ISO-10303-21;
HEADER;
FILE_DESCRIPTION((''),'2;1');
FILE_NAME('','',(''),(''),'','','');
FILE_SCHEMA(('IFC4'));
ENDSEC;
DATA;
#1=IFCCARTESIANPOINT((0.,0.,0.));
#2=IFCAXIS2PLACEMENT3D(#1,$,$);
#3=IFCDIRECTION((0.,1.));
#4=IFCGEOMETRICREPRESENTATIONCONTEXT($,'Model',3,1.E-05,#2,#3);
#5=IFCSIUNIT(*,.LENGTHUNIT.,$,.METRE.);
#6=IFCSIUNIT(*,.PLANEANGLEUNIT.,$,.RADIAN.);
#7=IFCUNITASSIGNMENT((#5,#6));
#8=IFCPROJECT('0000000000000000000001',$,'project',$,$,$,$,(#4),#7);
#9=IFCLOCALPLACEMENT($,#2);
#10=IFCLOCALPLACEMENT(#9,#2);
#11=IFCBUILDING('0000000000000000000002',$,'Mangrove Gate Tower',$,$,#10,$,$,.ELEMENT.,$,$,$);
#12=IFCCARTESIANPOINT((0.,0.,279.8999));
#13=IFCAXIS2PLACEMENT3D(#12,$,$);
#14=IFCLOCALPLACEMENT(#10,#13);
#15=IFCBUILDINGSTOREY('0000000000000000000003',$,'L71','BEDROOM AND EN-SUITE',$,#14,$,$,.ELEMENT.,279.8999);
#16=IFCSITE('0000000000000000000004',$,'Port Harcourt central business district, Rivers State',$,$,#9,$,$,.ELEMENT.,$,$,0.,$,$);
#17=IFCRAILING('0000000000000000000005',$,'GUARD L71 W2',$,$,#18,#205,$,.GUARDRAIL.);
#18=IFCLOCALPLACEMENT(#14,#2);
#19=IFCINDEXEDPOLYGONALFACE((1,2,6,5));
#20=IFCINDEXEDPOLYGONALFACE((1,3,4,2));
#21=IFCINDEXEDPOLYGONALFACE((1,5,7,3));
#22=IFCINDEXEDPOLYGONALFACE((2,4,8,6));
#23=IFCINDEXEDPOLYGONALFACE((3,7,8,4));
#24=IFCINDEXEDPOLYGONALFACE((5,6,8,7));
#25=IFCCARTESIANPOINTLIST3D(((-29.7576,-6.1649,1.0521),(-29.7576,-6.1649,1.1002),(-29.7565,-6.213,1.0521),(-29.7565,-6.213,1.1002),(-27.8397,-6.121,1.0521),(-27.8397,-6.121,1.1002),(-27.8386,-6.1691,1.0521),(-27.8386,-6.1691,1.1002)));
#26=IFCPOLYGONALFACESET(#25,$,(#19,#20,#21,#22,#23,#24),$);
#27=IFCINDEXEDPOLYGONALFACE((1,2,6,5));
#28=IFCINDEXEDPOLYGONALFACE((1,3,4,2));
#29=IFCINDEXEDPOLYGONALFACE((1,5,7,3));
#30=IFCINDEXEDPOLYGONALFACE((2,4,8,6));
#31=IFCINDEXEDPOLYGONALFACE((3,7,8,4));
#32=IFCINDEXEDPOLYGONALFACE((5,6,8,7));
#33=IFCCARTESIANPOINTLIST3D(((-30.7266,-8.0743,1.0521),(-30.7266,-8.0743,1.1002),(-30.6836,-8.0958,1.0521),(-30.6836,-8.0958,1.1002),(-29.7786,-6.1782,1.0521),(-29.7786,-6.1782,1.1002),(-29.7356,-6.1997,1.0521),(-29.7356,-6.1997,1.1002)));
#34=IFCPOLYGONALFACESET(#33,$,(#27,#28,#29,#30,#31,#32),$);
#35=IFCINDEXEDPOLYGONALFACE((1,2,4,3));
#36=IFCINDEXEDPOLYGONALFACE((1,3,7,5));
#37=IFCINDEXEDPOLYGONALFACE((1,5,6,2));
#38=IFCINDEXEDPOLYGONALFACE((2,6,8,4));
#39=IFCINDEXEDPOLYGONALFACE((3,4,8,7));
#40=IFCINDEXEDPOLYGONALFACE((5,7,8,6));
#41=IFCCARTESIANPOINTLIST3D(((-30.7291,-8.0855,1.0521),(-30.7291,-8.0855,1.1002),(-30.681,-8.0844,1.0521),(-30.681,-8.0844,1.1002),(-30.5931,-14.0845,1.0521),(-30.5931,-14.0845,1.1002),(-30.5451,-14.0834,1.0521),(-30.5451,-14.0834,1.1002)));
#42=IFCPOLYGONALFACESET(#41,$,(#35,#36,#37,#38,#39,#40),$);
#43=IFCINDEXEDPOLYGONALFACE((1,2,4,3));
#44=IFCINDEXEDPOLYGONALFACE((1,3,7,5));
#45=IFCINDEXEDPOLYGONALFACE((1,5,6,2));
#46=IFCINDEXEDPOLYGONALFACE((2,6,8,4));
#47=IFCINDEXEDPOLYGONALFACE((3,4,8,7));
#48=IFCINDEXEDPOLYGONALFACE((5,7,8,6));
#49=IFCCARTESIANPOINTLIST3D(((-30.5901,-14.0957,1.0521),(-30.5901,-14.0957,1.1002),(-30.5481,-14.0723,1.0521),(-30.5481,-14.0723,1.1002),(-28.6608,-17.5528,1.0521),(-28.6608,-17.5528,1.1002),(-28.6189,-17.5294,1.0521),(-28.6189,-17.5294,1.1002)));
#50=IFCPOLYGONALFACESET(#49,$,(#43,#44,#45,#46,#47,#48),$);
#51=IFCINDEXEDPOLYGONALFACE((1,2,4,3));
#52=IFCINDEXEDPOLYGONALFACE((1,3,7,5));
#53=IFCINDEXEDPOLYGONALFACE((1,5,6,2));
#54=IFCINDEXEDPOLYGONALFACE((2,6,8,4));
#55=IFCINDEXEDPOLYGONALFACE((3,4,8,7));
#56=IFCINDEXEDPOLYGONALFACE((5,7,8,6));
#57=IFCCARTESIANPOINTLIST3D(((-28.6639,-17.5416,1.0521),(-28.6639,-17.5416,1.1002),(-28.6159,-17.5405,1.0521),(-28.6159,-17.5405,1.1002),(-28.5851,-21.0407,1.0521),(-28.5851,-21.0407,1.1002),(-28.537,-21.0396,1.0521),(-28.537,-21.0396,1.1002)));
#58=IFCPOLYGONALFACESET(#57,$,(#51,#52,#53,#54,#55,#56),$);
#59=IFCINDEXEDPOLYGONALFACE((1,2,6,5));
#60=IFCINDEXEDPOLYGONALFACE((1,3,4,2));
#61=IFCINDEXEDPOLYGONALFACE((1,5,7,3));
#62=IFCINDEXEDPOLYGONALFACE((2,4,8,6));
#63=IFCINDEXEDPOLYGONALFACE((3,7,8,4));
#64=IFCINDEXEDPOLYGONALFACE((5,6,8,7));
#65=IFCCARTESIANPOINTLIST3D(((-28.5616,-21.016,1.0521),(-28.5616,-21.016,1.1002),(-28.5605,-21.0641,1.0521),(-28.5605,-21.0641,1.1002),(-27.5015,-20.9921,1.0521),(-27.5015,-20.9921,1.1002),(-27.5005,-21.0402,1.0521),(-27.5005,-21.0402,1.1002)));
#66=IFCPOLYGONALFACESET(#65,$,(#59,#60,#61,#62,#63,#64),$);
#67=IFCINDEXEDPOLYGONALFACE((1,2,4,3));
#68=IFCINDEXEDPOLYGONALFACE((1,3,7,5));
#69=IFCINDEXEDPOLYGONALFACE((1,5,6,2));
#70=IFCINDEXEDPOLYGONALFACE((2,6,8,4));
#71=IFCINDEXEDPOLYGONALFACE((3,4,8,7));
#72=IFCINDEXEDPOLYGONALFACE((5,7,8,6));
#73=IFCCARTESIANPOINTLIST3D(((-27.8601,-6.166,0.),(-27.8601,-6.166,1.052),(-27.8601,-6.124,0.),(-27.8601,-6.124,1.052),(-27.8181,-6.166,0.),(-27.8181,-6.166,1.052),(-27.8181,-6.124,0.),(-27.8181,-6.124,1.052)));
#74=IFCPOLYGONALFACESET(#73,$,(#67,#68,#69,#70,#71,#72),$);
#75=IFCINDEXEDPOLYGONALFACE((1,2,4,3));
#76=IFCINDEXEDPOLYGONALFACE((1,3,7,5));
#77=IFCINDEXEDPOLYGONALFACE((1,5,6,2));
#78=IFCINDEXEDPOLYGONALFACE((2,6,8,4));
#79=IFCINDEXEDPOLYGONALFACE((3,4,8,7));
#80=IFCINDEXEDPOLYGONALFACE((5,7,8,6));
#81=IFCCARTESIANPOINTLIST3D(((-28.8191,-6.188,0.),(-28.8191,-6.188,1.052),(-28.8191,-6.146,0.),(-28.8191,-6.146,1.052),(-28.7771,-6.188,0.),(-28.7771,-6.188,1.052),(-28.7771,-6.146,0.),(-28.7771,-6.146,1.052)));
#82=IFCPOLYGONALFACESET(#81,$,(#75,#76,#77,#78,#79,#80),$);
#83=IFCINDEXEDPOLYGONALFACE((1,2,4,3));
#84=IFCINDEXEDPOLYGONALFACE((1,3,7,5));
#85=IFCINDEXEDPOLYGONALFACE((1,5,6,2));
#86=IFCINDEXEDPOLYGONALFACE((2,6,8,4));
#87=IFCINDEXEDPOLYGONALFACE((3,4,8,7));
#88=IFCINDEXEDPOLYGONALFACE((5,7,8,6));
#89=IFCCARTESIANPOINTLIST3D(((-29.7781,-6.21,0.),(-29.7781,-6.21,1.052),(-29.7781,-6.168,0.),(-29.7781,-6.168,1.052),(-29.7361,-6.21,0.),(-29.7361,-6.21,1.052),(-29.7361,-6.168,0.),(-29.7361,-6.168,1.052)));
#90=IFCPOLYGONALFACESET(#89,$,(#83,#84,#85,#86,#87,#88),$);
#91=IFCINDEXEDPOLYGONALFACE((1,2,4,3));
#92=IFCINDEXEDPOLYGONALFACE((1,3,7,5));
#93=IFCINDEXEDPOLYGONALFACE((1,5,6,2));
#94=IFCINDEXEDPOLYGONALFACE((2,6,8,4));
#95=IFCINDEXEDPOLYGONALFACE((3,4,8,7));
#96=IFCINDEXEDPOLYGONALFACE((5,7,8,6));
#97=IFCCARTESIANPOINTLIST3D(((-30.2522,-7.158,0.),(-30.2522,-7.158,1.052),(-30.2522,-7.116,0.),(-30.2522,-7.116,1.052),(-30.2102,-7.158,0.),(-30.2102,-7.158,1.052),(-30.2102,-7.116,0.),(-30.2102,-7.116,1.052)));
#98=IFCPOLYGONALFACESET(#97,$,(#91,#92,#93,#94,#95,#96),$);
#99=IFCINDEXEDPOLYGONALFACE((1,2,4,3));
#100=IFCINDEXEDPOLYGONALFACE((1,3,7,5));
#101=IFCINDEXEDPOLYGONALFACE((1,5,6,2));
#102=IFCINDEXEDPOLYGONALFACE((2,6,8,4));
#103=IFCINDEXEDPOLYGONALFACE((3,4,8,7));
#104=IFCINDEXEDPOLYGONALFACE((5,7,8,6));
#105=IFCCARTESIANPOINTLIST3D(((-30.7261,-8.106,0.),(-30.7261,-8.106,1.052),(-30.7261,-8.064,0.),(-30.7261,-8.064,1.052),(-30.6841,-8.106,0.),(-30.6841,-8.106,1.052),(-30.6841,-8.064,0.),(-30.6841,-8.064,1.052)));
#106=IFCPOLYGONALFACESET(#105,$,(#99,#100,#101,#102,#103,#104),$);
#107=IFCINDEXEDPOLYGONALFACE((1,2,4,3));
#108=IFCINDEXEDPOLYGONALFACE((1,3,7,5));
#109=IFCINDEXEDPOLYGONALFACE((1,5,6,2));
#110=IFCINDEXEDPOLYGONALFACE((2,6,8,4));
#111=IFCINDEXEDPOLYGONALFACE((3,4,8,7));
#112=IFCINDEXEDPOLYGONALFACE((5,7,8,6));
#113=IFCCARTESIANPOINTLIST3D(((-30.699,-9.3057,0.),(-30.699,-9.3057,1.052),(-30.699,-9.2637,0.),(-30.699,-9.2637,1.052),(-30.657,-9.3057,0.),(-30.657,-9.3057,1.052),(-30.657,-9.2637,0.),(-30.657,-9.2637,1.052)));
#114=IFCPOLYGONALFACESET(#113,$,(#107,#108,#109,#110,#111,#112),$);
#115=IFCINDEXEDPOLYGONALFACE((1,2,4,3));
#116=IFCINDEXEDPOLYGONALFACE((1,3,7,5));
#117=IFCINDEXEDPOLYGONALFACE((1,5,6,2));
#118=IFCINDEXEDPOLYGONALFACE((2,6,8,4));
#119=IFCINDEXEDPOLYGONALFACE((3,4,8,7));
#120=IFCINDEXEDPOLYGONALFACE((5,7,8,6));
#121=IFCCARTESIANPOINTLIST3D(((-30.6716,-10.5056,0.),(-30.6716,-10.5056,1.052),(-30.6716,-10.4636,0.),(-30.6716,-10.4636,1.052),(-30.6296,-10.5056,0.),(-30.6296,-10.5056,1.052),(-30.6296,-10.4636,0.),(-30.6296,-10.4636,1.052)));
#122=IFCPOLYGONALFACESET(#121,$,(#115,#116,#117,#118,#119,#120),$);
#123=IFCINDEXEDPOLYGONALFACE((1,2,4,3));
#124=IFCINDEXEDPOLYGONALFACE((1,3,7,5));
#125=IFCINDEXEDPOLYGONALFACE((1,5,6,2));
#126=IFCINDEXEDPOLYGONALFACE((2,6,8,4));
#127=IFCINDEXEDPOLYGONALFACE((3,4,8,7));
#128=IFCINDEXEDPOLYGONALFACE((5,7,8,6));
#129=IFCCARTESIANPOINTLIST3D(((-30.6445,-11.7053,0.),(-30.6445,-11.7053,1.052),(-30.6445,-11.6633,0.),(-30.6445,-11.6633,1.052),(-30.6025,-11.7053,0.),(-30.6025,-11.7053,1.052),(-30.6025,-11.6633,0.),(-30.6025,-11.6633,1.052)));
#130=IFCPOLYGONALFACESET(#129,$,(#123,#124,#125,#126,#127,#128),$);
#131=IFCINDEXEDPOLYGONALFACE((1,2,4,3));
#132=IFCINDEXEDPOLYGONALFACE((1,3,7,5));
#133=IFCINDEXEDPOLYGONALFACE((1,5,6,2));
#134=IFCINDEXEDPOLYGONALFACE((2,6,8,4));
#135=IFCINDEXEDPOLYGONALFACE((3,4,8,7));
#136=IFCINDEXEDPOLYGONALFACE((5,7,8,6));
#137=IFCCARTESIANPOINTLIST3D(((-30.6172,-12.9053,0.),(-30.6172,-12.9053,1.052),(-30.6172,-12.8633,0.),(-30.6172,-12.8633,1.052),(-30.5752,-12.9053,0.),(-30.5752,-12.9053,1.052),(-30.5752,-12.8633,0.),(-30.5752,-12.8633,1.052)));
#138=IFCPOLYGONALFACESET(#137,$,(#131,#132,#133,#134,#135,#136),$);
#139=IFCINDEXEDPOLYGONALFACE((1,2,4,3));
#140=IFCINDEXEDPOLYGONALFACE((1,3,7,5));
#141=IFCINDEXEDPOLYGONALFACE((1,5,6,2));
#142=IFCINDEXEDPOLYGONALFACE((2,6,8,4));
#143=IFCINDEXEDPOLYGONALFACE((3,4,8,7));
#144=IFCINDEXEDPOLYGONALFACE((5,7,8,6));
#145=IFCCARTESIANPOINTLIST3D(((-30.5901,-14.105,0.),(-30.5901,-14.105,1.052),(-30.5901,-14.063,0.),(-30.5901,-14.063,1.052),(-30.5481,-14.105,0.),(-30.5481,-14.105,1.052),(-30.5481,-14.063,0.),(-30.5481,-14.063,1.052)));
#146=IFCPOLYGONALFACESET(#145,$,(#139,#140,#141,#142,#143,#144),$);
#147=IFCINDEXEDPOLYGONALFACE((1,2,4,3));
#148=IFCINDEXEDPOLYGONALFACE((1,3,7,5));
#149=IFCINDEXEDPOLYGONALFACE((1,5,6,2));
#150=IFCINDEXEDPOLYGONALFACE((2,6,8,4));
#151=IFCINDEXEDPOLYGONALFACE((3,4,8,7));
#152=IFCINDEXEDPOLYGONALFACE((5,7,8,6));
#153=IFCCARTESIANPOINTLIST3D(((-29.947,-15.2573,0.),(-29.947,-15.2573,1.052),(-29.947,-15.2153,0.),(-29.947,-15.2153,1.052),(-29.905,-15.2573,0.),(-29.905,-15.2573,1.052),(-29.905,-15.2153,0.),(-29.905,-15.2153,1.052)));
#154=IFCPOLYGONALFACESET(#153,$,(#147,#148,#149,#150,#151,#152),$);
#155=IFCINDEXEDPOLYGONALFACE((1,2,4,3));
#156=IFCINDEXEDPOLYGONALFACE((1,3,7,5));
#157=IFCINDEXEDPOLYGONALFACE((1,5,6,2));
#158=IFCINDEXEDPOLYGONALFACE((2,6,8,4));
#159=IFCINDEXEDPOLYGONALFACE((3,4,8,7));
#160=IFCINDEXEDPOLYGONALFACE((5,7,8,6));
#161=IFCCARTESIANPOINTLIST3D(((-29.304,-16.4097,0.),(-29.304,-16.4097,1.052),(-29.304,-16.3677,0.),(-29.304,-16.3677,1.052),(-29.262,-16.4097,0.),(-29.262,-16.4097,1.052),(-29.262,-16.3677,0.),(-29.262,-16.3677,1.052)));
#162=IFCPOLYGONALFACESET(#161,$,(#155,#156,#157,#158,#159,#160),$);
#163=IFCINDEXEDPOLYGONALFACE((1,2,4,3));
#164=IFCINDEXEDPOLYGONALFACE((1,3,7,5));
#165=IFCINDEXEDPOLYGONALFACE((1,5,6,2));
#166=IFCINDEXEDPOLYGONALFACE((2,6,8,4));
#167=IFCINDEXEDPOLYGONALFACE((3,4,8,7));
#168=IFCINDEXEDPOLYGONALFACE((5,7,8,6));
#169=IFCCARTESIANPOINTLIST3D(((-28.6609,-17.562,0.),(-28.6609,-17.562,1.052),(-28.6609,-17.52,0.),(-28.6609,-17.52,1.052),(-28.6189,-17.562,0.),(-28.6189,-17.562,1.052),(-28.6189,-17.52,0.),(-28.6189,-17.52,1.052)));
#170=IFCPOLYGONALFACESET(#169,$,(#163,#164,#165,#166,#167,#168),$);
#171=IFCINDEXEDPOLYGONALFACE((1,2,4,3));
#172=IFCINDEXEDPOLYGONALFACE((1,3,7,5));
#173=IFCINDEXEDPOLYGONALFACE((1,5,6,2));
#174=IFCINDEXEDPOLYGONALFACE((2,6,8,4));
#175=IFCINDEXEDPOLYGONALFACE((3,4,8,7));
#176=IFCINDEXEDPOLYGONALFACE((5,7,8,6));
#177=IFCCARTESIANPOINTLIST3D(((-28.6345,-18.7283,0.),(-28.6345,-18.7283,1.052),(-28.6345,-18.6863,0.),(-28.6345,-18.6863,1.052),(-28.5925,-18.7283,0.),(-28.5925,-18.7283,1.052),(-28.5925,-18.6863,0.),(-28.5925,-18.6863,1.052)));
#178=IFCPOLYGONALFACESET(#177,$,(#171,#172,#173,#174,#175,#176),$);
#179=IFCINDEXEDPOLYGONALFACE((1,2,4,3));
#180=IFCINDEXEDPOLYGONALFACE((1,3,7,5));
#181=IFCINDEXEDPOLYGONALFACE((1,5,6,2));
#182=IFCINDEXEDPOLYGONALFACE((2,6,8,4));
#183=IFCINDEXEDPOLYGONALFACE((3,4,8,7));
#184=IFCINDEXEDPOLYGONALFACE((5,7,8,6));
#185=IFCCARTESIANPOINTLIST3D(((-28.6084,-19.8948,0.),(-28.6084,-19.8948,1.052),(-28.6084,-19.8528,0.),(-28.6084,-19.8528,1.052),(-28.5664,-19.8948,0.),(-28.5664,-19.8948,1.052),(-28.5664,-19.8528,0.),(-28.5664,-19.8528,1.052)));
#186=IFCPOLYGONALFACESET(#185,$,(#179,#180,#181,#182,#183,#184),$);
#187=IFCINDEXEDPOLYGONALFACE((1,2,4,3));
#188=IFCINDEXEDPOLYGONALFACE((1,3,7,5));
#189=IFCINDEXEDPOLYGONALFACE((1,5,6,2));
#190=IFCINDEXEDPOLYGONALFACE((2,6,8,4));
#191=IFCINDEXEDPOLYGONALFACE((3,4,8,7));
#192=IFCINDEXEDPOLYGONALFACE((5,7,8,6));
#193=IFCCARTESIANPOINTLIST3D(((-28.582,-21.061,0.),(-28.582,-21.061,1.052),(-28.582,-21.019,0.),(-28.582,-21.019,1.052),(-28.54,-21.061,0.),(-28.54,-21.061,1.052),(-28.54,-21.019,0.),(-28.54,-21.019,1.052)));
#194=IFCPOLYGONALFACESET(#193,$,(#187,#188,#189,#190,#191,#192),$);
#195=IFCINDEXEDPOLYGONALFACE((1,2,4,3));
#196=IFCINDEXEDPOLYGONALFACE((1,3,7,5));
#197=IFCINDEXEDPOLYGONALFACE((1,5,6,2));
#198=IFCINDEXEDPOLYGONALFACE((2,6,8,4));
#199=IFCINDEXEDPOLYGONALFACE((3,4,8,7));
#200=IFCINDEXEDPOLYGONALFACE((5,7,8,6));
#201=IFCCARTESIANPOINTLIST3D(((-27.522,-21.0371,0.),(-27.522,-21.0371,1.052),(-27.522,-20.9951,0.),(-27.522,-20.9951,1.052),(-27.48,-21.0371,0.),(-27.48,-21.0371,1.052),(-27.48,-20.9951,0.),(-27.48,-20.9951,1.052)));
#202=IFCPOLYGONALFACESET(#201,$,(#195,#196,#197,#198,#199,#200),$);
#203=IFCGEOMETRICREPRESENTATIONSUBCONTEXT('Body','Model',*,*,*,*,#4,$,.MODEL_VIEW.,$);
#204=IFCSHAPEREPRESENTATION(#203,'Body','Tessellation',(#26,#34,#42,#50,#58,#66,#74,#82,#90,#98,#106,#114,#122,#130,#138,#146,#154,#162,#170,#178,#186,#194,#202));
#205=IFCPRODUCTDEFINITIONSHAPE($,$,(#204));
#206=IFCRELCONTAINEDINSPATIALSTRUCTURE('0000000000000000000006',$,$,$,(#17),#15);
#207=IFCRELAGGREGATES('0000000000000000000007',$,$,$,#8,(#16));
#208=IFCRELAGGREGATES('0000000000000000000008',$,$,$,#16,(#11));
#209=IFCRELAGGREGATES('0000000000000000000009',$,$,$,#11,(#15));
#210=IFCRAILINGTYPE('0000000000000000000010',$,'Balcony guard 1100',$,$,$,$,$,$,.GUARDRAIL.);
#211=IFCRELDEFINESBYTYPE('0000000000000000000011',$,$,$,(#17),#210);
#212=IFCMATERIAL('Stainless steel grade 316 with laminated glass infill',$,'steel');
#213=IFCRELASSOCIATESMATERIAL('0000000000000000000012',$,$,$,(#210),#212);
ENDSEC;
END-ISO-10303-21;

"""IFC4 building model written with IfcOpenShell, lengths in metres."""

from ifc_helpers import new_model, si_unit, direction, frame, origin, origin_2d, place, context, subcontext, project, spatial, rectangle, extrude, material, type_object, element, save


model = new_model("IFC4")

# Units and contexts
model_context = context("Model", 3, precision=1e-05, world=origin(), true_north=direction((0.0, 1.0)))
body_context = subcontext(model_context, "Body", "Model", "MODEL_VIEW")
ifc_project = project(units=[si_unit("LENGTHUNIT", "METRE"), si_unit("PLANEANGLEUNIT", "RADIAN")], contexts=[model_context])

# Site, building, storey
site_placement = place(None, origin())
site = spatial("IfcSite", under=ifc_project, at=site_placement, Name="Port Harcourt central business district, Rivers State", CompositionType="ELEMENT", RefElevation=0.0)
building_placement = place(site_placement, origin())
building = spatial("IfcBuilding", under=site, at=building_placement, Name="Mangrove Gate Tower", CompositionType="ELEMENT")
storey_placement = place(building_placement, frame((0.0, 0.0, 279.8999)))
storey = spatial("IfcBuildingStorey", under=building, at=storey_placement, Name="L71", Description="BEDROOM AND EN-SUITE", CompositionType="ELEMENT", Elevation=279.8999)

# Railing
ifc_material_1 = material(Name="Stainless steel grade 316 with laminated glass infill", Category="steel")
railing_type = type_object("IfcRailingType", Name="Balcony guard 1100", PredefinedType="GUARDRAIL", material=ifc_material_1)
railing_placement = place(storey_placement, frame((-27.8391, -6.145, 0.0)))
element("IfcRailing", 1, at=railing_placement, inside=storey, type_object=railing_type, Name="GUARD L71 W2", PredefinedType="GUARDRAIL", context=body_context, shape_type="SweptSolid", body=[
    extrude(rectangle(XDim=0.0481, YDim=0.0481, at=origin_2d()), frame((0.0, 0.0, 1.0762), z_axis=(-0.999738, -0.022906, 0.0), x_axis=(0.022906, -0.999738, 0.0)), (0.0, 0.0, 1.0), 1.9185),
    extrude(rectangle(XDim=0.0481, YDim=0.0481, at=origin_2d()), frame((-1.918, -0.0439, 1.0762), z_axis=(-0.447214, -0.894427, 0.0), x_axis=(0.894427, -0.447214, 0.0)), (0.0, 0.0, 1.0), 2.1199),
    extrude(rectangle(XDim=0.0481, YDim=0.0481, at=origin_2d()), frame((-2.866, -1.9399, 1.0762), z_axis=(0.022662, -0.999743, 0.0), x_axis=(0.999743, 0.022662, 0.0)), (0.0, 0.0, 1.0), 6.0005),
    extrude(rectangle(XDim=0.0481, YDim=0.0481, at=origin_2d()), frame((-2.73, -7.939, 1.0762), z_axis=(0.487307, -0.873231, 0.0), x_axis=(0.873231, 0.487307, 0.0)), (0.0, 0.0, 1.0), 3.959),
    extrude(rectangle(XDim=0.0481, YDim=0.0481, at=origin_2d()), frame((-0.8008, -11.396, 1.0762), z_axis=(0.022531, -0.999746, 0.0), x_axis=(0.999746, 0.022531, 0.0)), (0.0, 0.0, 1.0), 3.5),
    extrude(rectangle(XDim=0.0481, YDim=0.0481, at=origin_2d()), frame((-0.7219, -14.895, 1.0762), z_axis=(0.999745, 0.022564, 0.0), x_axis=(-0.022564, 0.999745, 0.0)), (0.0, 0.0, 1.0), 1.0603),
    extrude(rectangle(XDim=0.042, YDim=0.042, at=origin_2d()), origin(), (0.0, 0.0, 1.0), 1.052),
    extrude(rectangle(XDim=0.042, YDim=0.042, at=origin_2d()), frame((-0.959, -0.022, 0.0)), (0.0, 0.0, 1.0), 1.052),
    extrude(rectangle(XDim=0.042, YDim=0.042, at=origin_2d()), frame((-1.918, -0.0439, 0.0)), (0.0, 0.0, 1.0), 1.052),
    extrude(rectangle(XDim=0.042, YDim=0.042, at=origin_2d()), frame((-2.3921, -0.9919, 0.0)), (0.0, 0.0, 1.0), 1.052),
    extrude(rectangle(XDim=0.042, YDim=0.042, at=origin_2d()), frame((-2.866, -1.9399, 0.0)), (0.0, 0.0, 1.0), 1.052),
    extrude(rectangle(XDim=0.042, YDim=0.042, at=origin_2d()), frame((-2.8389, -3.1396, 0.0)), (0.0, 0.0, 1.0), 1.052),
    extrude(rectangle(XDim=0.042, YDim=0.042, at=origin_2d()), frame((-2.8115, -4.3396, 0.0)), (0.0, 0.0, 1.0), 1.052),
    extrude(rectangle(XDim=0.042, YDim=0.042, at=origin_2d()), frame((-2.7844, -5.5393, 0.0)), (0.0, 0.0, 1.0), 1.052),
    extrude(rectangle(XDim=0.042, YDim=0.042, at=origin_2d()), frame((-2.7571, -6.7393, 0.0)), (0.0, 0.0, 1.0), 1.052),
    extrude(rectangle(XDim=0.042, YDim=0.042, at=origin_2d()), frame((-2.73, -7.939, 0.0)), (0.0, 0.0, 1.0), 1.052),
    extrude(rectangle(XDim=0.042, YDim=0.042, at=origin_2d()), frame((-2.0869, -9.0913, 0.0)), (0.0, 0.0, 1.0), 1.052),
    extrude(rectangle(XDim=0.042, YDim=0.042, at=origin_2d()), frame((-1.4438, -10.2437, 0.0)), (0.0, 0.0, 1.0), 1.052),
    extrude(rectangle(XDim=0.042, YDim=0.042, at=origin_2d()), frame((-0.8008, -11.396, 0.0)), (0.0, 0.0, 1.0), 1.052),
    extrude(rectangle(XDim=0.042, YDim=0.042, at=origin_2d()), frame((-0.7744, -12.5623, 0.0)), (0.0, 0.0, 1.0), 1.052),
    extrude(rectangle(XDim=0.042, YDim=0.042, at=origin_2d()), frame((-0.7483, -13.7288, 0.0)), (0.0, 0.0, 1.0), 1.052),
    extrude(rectangle(XDim=0.042, YDim=0.042, at=origin_2d()), frame((-0.7219, -14.895, 0.0)), (0.0, 0.0, 1.0), 1.052),
    extrude(rectangle(XDim=0.042, YDim=0.042, at=origin_2d()), frame((0.3381, -14.8711, 0.0)), (0.0, 0.0, 1.0), 1.052),
])

save(model, "model.ifc")
